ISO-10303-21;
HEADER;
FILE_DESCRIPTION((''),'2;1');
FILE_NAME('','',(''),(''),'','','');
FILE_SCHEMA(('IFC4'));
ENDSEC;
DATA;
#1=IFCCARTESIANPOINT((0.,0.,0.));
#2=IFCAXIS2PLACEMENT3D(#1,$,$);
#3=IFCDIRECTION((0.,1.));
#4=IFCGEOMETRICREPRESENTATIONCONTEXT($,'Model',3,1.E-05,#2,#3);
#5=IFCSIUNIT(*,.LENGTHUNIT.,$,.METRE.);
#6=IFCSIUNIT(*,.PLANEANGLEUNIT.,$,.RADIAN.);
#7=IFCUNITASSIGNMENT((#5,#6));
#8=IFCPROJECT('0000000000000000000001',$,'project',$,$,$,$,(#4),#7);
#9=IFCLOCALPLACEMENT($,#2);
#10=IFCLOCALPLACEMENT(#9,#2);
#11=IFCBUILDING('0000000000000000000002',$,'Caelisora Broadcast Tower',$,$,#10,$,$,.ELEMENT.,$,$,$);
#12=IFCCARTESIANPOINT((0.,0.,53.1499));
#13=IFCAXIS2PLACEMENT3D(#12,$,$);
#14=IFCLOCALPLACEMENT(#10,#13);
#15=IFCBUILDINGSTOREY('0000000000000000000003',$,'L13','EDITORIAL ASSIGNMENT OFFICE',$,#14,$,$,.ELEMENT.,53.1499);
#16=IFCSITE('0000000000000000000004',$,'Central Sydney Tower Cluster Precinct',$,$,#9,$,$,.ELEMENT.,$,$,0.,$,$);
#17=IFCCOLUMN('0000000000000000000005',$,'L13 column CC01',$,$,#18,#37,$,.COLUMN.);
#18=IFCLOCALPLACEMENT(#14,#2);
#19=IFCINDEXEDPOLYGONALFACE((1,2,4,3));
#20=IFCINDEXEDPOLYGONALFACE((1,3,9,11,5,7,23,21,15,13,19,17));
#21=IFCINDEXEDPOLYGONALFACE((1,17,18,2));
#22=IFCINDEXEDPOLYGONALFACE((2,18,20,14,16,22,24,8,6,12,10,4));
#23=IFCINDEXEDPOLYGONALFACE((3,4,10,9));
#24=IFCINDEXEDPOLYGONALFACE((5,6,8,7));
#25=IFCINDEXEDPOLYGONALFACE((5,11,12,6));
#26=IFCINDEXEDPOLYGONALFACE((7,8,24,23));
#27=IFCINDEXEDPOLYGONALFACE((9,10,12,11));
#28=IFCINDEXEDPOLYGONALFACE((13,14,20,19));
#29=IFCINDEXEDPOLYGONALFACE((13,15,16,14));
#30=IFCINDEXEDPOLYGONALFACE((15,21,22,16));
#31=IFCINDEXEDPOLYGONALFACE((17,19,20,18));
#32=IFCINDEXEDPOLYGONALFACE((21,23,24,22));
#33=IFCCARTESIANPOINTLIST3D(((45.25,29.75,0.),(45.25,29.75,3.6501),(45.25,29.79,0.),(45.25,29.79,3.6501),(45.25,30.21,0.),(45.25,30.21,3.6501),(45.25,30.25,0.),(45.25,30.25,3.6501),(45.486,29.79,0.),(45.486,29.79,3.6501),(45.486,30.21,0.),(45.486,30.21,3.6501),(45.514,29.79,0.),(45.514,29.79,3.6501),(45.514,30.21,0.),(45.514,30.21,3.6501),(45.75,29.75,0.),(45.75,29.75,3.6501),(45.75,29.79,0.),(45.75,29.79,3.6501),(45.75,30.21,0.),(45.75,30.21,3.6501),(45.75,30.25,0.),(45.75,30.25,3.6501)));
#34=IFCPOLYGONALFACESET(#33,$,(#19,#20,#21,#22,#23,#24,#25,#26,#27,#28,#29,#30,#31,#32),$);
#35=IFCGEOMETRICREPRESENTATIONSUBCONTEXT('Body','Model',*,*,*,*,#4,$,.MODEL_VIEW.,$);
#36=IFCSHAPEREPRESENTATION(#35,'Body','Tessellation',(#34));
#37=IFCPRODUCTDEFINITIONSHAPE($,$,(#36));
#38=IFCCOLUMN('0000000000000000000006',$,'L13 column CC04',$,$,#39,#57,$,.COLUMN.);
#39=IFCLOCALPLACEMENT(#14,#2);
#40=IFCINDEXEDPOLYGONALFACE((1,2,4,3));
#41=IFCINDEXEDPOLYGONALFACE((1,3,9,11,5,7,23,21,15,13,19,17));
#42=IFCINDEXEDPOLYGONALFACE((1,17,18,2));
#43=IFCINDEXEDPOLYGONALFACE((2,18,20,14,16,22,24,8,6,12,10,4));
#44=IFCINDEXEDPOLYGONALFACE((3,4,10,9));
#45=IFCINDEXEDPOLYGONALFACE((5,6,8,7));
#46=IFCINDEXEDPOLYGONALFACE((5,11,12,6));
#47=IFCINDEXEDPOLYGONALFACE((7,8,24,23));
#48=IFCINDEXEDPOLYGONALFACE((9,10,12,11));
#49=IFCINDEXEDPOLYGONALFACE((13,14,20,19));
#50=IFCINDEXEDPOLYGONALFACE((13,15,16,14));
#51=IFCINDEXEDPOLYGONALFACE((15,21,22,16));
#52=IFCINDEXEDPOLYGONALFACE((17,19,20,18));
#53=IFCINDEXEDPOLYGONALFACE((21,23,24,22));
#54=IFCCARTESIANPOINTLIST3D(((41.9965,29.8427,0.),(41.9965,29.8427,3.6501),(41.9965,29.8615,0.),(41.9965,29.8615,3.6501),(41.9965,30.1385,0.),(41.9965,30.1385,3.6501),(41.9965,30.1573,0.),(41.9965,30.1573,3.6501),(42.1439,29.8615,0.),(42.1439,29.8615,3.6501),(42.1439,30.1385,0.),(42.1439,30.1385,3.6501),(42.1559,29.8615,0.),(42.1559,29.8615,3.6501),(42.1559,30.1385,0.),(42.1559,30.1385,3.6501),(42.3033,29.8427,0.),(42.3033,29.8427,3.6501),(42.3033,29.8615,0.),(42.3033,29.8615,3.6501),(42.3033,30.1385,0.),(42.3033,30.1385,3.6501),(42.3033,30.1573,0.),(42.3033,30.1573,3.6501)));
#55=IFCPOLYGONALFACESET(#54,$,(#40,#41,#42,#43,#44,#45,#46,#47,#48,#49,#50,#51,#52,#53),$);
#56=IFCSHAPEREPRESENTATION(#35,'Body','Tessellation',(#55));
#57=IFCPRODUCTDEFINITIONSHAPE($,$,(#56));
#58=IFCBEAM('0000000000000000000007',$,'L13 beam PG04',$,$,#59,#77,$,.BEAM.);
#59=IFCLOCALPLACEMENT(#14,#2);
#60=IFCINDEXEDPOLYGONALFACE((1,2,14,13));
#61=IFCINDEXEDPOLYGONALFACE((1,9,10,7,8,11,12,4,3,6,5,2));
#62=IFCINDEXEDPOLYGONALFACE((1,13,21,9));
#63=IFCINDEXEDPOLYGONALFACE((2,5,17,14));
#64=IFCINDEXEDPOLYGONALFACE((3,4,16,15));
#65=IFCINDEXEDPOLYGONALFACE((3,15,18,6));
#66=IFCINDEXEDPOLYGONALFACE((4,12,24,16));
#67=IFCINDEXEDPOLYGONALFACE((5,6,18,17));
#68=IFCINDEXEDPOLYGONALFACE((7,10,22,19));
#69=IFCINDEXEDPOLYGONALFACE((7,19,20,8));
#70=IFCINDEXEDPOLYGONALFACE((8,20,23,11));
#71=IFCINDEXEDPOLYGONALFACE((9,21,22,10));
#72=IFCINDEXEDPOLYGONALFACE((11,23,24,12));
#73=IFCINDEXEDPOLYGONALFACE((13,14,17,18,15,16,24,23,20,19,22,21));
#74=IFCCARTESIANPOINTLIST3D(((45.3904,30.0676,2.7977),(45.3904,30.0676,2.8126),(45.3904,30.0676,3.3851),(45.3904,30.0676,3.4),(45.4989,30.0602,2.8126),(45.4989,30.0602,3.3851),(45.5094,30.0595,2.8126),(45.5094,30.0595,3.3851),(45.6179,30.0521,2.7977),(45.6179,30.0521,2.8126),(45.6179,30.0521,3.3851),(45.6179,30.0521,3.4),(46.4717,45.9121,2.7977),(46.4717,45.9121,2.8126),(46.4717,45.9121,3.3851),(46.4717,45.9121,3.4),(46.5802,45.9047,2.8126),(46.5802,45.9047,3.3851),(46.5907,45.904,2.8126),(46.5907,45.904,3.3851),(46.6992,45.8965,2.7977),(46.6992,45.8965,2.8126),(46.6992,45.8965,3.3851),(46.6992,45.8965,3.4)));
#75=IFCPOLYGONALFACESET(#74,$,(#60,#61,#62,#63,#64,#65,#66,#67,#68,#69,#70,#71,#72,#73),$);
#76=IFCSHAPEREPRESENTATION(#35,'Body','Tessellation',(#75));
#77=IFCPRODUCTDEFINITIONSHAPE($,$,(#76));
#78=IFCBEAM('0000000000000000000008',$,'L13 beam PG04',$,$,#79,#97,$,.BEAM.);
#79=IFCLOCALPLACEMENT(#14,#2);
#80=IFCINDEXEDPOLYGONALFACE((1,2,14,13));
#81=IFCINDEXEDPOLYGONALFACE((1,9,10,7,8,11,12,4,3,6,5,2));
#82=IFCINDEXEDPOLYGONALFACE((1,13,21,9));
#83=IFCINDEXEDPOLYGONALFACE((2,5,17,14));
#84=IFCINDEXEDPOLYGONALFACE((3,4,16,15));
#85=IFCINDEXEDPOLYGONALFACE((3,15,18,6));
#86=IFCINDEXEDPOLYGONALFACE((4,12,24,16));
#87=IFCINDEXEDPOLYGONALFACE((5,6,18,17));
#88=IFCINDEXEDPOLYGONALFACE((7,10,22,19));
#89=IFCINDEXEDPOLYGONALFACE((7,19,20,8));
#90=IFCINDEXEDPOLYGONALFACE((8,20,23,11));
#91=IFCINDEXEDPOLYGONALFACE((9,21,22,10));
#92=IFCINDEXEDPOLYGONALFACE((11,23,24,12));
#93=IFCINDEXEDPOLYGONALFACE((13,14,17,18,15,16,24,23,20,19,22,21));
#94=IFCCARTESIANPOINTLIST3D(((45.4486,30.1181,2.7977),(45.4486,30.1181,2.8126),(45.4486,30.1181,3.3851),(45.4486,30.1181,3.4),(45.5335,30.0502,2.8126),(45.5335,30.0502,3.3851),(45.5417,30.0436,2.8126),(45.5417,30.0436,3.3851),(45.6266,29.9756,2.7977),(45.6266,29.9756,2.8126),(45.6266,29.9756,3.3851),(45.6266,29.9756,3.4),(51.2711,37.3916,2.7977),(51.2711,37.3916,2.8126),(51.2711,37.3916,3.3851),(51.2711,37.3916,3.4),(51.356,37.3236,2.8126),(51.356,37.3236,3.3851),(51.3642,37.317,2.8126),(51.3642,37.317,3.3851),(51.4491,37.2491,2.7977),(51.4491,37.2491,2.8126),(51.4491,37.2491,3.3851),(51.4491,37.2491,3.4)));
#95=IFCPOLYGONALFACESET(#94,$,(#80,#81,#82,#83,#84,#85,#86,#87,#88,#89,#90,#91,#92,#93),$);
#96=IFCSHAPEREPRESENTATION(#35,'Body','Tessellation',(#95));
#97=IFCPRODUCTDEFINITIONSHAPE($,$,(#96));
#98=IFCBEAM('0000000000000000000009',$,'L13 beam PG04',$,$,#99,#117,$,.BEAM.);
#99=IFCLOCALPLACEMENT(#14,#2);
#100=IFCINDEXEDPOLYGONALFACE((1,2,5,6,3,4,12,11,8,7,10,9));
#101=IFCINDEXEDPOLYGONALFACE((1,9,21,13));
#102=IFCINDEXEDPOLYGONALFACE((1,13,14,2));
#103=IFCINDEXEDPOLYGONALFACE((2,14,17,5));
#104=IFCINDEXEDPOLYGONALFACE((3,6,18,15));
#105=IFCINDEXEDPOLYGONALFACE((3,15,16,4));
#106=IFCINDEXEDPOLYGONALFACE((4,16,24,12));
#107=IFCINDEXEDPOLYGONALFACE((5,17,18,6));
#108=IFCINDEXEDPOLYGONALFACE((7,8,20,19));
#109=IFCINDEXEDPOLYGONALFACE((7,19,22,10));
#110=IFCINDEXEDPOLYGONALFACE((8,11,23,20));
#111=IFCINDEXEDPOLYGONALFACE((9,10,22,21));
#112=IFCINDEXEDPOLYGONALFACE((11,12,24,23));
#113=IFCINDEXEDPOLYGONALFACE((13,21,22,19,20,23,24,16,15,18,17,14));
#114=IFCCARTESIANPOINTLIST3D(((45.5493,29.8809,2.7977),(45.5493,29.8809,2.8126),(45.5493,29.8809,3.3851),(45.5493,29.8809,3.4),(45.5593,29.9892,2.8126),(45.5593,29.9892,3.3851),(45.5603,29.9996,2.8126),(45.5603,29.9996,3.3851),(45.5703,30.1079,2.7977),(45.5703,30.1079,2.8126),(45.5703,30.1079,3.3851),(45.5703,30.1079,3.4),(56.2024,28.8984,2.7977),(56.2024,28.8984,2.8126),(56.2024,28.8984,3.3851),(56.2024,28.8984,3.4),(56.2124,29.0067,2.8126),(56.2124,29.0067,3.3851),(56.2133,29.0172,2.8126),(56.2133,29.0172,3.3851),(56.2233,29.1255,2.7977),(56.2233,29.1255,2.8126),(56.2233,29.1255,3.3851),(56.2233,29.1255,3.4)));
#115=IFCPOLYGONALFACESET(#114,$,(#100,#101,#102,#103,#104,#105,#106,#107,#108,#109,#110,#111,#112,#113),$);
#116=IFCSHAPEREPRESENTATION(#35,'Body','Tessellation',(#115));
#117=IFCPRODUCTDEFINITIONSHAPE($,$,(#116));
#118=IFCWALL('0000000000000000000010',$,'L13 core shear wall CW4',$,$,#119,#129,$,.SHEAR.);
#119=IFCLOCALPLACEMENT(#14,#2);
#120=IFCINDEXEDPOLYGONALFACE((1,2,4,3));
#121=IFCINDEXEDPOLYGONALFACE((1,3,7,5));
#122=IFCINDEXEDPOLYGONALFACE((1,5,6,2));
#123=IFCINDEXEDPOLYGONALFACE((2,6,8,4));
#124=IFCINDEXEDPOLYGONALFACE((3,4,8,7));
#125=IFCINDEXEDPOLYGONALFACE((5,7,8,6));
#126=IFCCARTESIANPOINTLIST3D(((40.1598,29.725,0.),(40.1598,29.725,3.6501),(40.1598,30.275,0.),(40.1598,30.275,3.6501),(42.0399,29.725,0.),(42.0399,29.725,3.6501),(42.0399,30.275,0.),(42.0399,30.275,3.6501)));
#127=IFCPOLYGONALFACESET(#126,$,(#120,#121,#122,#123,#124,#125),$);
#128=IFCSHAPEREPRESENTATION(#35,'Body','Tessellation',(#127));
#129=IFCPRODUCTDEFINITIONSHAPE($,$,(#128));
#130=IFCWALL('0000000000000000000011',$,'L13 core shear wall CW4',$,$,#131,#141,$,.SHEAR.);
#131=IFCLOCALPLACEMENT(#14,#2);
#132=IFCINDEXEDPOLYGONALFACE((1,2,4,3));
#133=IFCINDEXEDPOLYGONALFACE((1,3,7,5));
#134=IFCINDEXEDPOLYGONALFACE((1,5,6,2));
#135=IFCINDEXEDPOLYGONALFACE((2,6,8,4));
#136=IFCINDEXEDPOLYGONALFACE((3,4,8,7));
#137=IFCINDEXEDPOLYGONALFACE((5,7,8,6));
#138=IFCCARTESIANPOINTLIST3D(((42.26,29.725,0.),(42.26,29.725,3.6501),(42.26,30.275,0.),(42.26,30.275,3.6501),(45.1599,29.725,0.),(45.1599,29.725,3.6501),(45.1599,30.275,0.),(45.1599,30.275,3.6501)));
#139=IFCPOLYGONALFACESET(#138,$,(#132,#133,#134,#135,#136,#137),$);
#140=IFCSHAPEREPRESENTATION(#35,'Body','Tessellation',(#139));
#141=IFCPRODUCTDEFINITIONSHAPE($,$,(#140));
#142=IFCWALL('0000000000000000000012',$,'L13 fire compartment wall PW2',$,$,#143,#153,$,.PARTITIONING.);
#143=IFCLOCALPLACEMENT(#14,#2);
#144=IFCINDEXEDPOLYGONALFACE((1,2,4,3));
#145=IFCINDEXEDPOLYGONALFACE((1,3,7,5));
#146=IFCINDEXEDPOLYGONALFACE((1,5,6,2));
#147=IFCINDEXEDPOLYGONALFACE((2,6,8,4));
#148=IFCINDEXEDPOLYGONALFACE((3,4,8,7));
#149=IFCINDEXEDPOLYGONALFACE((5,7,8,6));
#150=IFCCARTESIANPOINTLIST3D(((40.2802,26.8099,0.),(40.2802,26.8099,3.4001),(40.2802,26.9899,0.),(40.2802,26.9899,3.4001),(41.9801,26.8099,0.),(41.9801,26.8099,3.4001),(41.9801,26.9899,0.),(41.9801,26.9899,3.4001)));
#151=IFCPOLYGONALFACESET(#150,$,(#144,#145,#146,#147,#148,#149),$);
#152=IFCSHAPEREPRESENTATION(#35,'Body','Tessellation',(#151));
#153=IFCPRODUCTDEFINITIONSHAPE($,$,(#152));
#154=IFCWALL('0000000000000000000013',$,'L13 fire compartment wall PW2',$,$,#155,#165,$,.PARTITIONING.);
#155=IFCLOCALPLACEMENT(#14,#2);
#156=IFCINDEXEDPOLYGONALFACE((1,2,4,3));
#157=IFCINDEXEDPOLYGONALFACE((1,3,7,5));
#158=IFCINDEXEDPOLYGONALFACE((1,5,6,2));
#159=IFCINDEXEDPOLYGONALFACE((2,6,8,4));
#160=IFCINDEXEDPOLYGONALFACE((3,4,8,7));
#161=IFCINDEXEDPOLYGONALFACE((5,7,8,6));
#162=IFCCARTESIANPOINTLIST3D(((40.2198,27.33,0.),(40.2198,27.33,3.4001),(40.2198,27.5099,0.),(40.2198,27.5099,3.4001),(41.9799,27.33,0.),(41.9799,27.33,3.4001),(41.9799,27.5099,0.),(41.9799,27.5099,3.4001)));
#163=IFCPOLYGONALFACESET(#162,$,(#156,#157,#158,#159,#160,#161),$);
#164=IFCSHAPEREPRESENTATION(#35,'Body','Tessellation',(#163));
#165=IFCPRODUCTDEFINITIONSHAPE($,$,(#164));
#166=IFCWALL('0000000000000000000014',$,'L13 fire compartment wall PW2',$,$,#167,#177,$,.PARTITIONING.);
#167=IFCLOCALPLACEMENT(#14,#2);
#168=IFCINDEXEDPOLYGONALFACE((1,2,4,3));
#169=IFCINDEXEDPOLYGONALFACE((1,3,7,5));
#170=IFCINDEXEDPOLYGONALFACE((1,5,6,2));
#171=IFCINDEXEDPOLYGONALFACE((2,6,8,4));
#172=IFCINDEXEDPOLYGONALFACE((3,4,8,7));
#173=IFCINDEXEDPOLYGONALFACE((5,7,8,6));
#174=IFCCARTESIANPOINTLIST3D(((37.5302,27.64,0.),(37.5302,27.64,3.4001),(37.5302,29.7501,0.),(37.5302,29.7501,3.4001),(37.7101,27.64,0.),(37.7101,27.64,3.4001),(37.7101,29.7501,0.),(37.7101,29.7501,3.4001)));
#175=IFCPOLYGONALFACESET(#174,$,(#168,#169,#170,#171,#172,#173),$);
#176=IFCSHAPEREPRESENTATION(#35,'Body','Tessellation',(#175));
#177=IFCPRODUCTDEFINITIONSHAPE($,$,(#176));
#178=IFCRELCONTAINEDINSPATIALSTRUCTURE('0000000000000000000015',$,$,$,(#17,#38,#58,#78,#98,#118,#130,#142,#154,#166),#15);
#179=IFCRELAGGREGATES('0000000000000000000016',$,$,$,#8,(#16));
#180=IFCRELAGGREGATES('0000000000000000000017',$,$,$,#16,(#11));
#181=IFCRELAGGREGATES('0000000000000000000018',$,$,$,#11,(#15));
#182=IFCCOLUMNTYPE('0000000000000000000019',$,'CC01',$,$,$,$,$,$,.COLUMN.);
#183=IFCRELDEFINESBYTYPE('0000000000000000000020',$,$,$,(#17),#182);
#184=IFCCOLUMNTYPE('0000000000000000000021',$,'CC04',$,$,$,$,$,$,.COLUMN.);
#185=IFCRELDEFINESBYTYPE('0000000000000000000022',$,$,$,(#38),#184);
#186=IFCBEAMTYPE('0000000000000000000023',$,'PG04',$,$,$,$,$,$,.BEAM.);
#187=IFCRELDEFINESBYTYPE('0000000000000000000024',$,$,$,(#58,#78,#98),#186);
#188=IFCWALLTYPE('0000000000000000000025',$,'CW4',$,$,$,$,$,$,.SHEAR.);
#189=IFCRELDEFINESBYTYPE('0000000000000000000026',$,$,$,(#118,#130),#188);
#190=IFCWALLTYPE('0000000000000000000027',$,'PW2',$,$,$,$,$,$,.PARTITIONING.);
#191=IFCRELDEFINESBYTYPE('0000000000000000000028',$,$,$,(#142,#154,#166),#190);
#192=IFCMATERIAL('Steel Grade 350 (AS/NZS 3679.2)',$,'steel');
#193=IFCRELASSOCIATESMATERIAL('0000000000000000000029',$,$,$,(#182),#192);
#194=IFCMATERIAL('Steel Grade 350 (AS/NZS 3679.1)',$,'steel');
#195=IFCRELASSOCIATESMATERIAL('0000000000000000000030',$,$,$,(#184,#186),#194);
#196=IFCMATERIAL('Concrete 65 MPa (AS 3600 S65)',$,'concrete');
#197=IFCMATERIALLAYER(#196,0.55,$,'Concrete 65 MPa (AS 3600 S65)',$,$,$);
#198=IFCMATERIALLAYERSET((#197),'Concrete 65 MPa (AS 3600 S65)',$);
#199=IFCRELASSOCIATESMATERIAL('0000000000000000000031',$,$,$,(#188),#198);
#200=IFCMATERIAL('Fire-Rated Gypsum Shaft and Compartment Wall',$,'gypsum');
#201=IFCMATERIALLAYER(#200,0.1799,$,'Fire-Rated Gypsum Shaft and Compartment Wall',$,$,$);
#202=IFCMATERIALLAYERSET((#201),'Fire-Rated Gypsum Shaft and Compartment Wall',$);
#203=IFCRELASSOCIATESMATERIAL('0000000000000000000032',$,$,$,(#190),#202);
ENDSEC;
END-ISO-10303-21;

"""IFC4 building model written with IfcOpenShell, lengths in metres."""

from ifc_helpers import new_model, si_unit, direction, frame, frame_2d, origin, origin_2d, place, context, subcontext, project, spatial, rectangle, i_section, extrude, source, transform, mapped, material, layer, layer_set, material_profile, profile_set, type_object, type_shapes, element, save


model = new_model("IFC4")

# Units and contexts
model_context = context("Model", 3, precision=1e-05, world=origin(), true_north=direction((0.0, 1.0)))
body_context = subcontext(model_context, "Body", "Model", "MODEL_VIEW")
ifc_project = project(units=[si_unit("LENGTHUNIT", "METRE"), si_unit("PLANEANGLEUNIT", "RADIAN")], contexts=[model_context])

# Site, building, storey
site_placement = place(None, origin())
site = spatial("IfcSite", under=ifc_project, at=site_placement, Name="Central Sydney Tower Cluster Precinct", CompositionType="ELEMENT", RefElevation=0.0)
building_placement = place(site_placement, origin())
building = spatial("IfcBuilding", under=site, at=building_placement, Name="Caelisora Broadcast Tower", CompositionType="ELEMENT")
storey_placement = place(building_placement, frame((0.0, 0.0, 53.1499)))
storey = spatial("IfcBuildingStorey", under=building, at=storey_placement, Name="L13", Description="EDITORIAL ASSIGNMENT OFFICE", CompositionType="ELEMENT", Elevation=53.1499)

# Columns
ifc_material_1 = material(Name="Steel Grade 350 (AS/NZS 3679.2)", Category="steel")
ifc_material_profile_1 = material_profile(ifc_material_1, i_section(OverallWidth=0.5, OverallDepth=0.5, WebThickness=0.0281, FlangeThickness=0.04, at=origin_2d()), Name="Steel Grade 350 (AS/NZS 3679.2)")
ifc_profile_set_1 = profile_set([ifc_material_profile_1], Name="Steel Grade 350 (AS/NZS 3679.2)")
column_type_1 = type_object("IfcColumnType", Name="CC01", PredefinedType="COLUMN", material=ifc_profile_set_1)
shared_shape_1 = source(origin(), body_context, "Body", "SweptSolid", [
    extrude(i_section(OverallWidth=0.5, OverallDepth=0.5, WebThickness=0.0281, FlangeThickness=0.04, at=origin_2d()), origin(), (0.0, 0.0, 1.0), 3.6501),
])
type_shapes(column_type_1, [shared_shape_1])
column_1_placement = place(storey_placement, frame((45.5, 30.0, 0.0), z_axis=(0.0, 0.0, 1.0), x_axis=(1.0, 0.0, 0.0)))
element("IfcColumn", 1, at=column_1_placement, inside=storey, type_object=column_type_1, Name="L13 column CC01", PredefinedType="COLUMN", context=body_context, shape_type="MappedRepresentation", body=[
    mapped(shared_shape_1, transform((0.0, 0.0, 0.0), scale=1.0)),
])
ifc_material_2 = material(Name="Steel Grade 350 (AS/NZS 3679.1)", Category="steel")
ifc_material_profile_2 = material_profile(ifc_material_2, i_section(OverallWidth=0.3069, OverallDepth=0.3147, WebThickness=0.012, FlangeThickness=0.0188, at=origin_2d()), Name="Steel Grade 350 (AS/NZS 3679.1)")
ifc_profile_set_2 = profile_set([ifc_material_profile_2], Name="Steel Grade 350 (AS/NZS 3679.1)")
column_type_2 = type_object("IfcColumnType", Name="CC04", PredefinedType="COLUMN", material=ifc_profile_set_2)
shared_shape_2 = source(origin(), body_context, "Body", "SweptSolid", [
    extrude(i_section(OverallWidth=0.3069, OverallDepth=0.3147, WebThickness=0.012, FlangeThickness=0.0188, at=origin_2d()), origin(), (0.0, 0.0, 1.0), 3.6501),
])
type_shapes(column_type_2, [shared_shape_2])
column_2_placement = place(storey_placement, frame((42.1499, 30.0, 0.0), z_axis=(0.0, 0.0, 1.0), x_axis=(1.0, 0.0, 0.0)))
element("IfcColumn", 2, at=column_2_placement, inside=storey, type_object=column_type_2, Name="L13 column CC04", PredefinedType="COLUMN", context=body_context, shape_type="MappedRepresentation", body=[
    mapped(shared_shape_2, transform((0.0, 0.0, 0.0), scale=1.0)),
])

# Beams
ifc_material_profile_3 = material_profile(ifc_material_2, i_section(OverallWidth=0.228, OverallDepth=0.6023, WebThickness=0.0105, FlangeThickness=0.0149, at=origin_2d()), Name="Steel Grade 350 (AS/NZS 3679.1)")
ifc_profile_set_3 = profile_set([ifc_material_profile_3], Name="Steel Grade 350 (AS/NZS 3679.1)")
beam_type = type_object("IfcBeamType", Name="PG04", PredefinedType="BEAM", material=ifc_profile_set_3)
shared_shape_3 = source(origin(), body_context, "Body", "SweptSolid", [
    extrude(i_section(OverallWidth=0.228, OverallDepth=0.6023, WebThickness=0.0105, FlangeThickness=0.0149, at=origin_2d()), origin(), (0.0, 0.0, 1.0), 15.8813),
])
beam_1_placement = place(storey_placement, frame((45.5042, 30.0598, 3.0989), z_axis=(0.068086, 0.997679, 0.0), x_axis=(-0.997679, 0.068086, 0.0)))
element("IfcBeam", 3, at=beam_1_placement, inside=storey, type_object=beam_type, Name="L13 beam PG04", PredefinedType="BEAM", context=body_context, shape_type="MappedRepresentation", body=[
    mapped(shared_shape_3, transform((0.0, 0.0, 0.0), scale=1.0)),
])
shared_shape_4 = source(origin(), body_context, "Body", "SweptSolid", [
    extrude(i_section(OverallWidth=0.228, OverallDepth=0.6023, WebThickness=0.0105, FlangeThickness=0.0149, at=origin_2d()), origin(), (0.0, 0.0, 1.0), 9.3169),
])
beam_2_placement = place(storey_placement, frame((45.5376, 30.0469, 3.0989), z_axis=(0.624941, 0.780672, 0.0), x_axis=(-0.780672, 0.624941, 0.0)))
element("IfcBeam", 4, at=beam_2_placement, inside=storey, type_object=beam_type, Name="L13 beam PG04", PredefinedType="BEAM", context=body_context, shape_type="MappedRepresentation", body=[
    mapped(shared_shape_4, transform((0.0, 0.0, 0.0), scale=1.0)),
])
shared_shape_5 = source(origin(), body_context, "Body", "SweptSolid", [
    extrude(i_section(OverallWidth=0.228, OverallDepth=0.6023, WebThickness=0.0105, FlangeThickness=0.0149, at=origin_2d()), origin(), (0.0, 0.0, 1.0), 10.6982),
])
type_shapes(beam_type, [shared_shape_3, shared_shape_4, shared_shape_5])
beam_3_placement = place(storey_placement, frame((45.5598, 29.9944, 3.0989), z_axis=(0.995775, -0.09183, 0.0), x_axis=(0.09183, 0.995775, 0.0)))
element("IfcBeam", 5, at=beam_3_placement, inside=storey, type_object=beam_type, Name="L13 beam PG04", PredefinedType="BEAM", context=body_context, shape_type="MappedRepresentation", body=[
    mapped(shared_shape_5, transform((0.0, 0.0, 0.0), scale=1.0)),
])

# Walls
ifc_material_3 = material(Name="Concrete 65 MPa (AS 3600 S65)", Category="concrete")
ifc_layer_1 = layer(ifc_material_3, 0.55, Name="Concrete 65 MPa (AS 3600 S65)")
ifc_layer_set_1 = layer_set([ifc_layer_1], Name="Concrete 65 MPa (AS 3600 S65)")
wall_type_1 = type_object("IfcWallType", Name="CW4", PredefinedType="SHEAR", material=ifc_layer_set_1)
wall_1_placement = place(storey_placement, frame((40.1599, 30.0, 0.0), z_axis=(0.0, 0.0, 1.0), x_axis=(1.0, 0.0, 0.0)))
element("IfcWall", 6, at=wall_1_placement, inside=storey, type_object=wall_type_1, Name="L13 core shear wall CW4", PredefinedType="SHEAR", context=body_context, shape_type="SweptSolid", body=[
    extrude(rectangle(XDim=1.8801, YDim=0.55, at=frame_2d((0.9399, 0.0))), origin(), (0.0, 0.0, 1.0), 3.6501),
])
wall_2_placement = place(storey_placement, frame((42.26, 30.0, 0.0), z_axis=(0.0, 0.0, 1.0), x_axis=(1.0, 0.0, 0.0)))
element("IfcWall", 7, at=wall_2_placement, inside=storey, type_object=wall_type_1, Name="L13 core shear wall CW4", PredefinedType="SHEAR", context=body_context, shape_type="SweptSolid", body=[
    extrude(rectangle(XDim=2.8999, YDim=0.55, at=frame_2d((1.45, 0.0))), origin(), (0.0, 0.0, 1.0), 3.6501),
])
ifc_material_4 = material(Name="Fire-Rated Gypsum Shaft and Compartment Wall", Category="gypsum")
ifc_layer_2 = layer(ifc_material_4, 0.1799, Name="Fire-Rated Gypsum Shaft and Compartment Wall")
ifc_layer_set_2 = layer_set([ifc_layer_2], Name="Fire-Rated Gypsum Shaft and Compartment Wall")
wall_type_2 = type_object("IfcWallType", Name="PW2", PredefinedType="PARTITIONING", material=ifc_layer_set_2)
wall_3_placement = place(storey_placement, frame((40.28, 26.8999, 0.0), z_axis=(0.0, 0.0, 1.0), x_axis=(1.0, 0.0, 0.0)))
element("IfcWall", 8, at=wall_3_placement, inside=storey, type_object=wall_type_2, Name="L13 fire compartment wall PW2", PredefinedType="PARTITIONING", context=body_context, shape_type="SweptSolid", body=[
    extrude(rectangle(XDim=1.7, YDim=0.1799, at=frame_2d((0.8501, 0.0))), origin(), (0.0, 0.0, 1.0), 3.4001),
])
wall_4_placement = place(storey_placement, frame((40.22, 27.4199, 0.0), z_axis=(0.0, 0.0, 1.0), x_axis=(1.0, 0.0, 0.0)))
element("IfcWall", 9, at=wall_4_placement, inside=storey, type_object=wall_type_2, Name="L13 fire compartment wall PW2", PredefinedType="PARTITIONING", context=body_context, shape_type="SweptSolid", body=[
    extrude(rectangle(XDim=1.76, YDim=0.1799, at=frame_2d((0.8799, 0.0))), origin(), (0.0, 0.0, 1.0), 3.4001),
])
for number, where, z_axis, x_axis, name in (
    (10, (37.6201, 27.6399, 0.0), (0.0, 0.0, 1.0), (0.0, 1.0, 0.0), "L13 fire compartment wall PW2"),
):
    element("IfcWall", number, at=place(storey_placement, frame(where, z_axis=z_axis, x_axis=x_axis)), inside=storey, type_object=wall_type_2, Name=name, PredefinedType="PARTITIONING", context=body_context, shape_type="SweptSolid", body=[
        extrude(rectangle(XDim=2.1101, YDim=0.1799, at=frame_2d((1.0552, 0.0))), origin(), (0.0, 0.0, 1.0), 3.4001),
    ])

save(model, "model.ifc")
